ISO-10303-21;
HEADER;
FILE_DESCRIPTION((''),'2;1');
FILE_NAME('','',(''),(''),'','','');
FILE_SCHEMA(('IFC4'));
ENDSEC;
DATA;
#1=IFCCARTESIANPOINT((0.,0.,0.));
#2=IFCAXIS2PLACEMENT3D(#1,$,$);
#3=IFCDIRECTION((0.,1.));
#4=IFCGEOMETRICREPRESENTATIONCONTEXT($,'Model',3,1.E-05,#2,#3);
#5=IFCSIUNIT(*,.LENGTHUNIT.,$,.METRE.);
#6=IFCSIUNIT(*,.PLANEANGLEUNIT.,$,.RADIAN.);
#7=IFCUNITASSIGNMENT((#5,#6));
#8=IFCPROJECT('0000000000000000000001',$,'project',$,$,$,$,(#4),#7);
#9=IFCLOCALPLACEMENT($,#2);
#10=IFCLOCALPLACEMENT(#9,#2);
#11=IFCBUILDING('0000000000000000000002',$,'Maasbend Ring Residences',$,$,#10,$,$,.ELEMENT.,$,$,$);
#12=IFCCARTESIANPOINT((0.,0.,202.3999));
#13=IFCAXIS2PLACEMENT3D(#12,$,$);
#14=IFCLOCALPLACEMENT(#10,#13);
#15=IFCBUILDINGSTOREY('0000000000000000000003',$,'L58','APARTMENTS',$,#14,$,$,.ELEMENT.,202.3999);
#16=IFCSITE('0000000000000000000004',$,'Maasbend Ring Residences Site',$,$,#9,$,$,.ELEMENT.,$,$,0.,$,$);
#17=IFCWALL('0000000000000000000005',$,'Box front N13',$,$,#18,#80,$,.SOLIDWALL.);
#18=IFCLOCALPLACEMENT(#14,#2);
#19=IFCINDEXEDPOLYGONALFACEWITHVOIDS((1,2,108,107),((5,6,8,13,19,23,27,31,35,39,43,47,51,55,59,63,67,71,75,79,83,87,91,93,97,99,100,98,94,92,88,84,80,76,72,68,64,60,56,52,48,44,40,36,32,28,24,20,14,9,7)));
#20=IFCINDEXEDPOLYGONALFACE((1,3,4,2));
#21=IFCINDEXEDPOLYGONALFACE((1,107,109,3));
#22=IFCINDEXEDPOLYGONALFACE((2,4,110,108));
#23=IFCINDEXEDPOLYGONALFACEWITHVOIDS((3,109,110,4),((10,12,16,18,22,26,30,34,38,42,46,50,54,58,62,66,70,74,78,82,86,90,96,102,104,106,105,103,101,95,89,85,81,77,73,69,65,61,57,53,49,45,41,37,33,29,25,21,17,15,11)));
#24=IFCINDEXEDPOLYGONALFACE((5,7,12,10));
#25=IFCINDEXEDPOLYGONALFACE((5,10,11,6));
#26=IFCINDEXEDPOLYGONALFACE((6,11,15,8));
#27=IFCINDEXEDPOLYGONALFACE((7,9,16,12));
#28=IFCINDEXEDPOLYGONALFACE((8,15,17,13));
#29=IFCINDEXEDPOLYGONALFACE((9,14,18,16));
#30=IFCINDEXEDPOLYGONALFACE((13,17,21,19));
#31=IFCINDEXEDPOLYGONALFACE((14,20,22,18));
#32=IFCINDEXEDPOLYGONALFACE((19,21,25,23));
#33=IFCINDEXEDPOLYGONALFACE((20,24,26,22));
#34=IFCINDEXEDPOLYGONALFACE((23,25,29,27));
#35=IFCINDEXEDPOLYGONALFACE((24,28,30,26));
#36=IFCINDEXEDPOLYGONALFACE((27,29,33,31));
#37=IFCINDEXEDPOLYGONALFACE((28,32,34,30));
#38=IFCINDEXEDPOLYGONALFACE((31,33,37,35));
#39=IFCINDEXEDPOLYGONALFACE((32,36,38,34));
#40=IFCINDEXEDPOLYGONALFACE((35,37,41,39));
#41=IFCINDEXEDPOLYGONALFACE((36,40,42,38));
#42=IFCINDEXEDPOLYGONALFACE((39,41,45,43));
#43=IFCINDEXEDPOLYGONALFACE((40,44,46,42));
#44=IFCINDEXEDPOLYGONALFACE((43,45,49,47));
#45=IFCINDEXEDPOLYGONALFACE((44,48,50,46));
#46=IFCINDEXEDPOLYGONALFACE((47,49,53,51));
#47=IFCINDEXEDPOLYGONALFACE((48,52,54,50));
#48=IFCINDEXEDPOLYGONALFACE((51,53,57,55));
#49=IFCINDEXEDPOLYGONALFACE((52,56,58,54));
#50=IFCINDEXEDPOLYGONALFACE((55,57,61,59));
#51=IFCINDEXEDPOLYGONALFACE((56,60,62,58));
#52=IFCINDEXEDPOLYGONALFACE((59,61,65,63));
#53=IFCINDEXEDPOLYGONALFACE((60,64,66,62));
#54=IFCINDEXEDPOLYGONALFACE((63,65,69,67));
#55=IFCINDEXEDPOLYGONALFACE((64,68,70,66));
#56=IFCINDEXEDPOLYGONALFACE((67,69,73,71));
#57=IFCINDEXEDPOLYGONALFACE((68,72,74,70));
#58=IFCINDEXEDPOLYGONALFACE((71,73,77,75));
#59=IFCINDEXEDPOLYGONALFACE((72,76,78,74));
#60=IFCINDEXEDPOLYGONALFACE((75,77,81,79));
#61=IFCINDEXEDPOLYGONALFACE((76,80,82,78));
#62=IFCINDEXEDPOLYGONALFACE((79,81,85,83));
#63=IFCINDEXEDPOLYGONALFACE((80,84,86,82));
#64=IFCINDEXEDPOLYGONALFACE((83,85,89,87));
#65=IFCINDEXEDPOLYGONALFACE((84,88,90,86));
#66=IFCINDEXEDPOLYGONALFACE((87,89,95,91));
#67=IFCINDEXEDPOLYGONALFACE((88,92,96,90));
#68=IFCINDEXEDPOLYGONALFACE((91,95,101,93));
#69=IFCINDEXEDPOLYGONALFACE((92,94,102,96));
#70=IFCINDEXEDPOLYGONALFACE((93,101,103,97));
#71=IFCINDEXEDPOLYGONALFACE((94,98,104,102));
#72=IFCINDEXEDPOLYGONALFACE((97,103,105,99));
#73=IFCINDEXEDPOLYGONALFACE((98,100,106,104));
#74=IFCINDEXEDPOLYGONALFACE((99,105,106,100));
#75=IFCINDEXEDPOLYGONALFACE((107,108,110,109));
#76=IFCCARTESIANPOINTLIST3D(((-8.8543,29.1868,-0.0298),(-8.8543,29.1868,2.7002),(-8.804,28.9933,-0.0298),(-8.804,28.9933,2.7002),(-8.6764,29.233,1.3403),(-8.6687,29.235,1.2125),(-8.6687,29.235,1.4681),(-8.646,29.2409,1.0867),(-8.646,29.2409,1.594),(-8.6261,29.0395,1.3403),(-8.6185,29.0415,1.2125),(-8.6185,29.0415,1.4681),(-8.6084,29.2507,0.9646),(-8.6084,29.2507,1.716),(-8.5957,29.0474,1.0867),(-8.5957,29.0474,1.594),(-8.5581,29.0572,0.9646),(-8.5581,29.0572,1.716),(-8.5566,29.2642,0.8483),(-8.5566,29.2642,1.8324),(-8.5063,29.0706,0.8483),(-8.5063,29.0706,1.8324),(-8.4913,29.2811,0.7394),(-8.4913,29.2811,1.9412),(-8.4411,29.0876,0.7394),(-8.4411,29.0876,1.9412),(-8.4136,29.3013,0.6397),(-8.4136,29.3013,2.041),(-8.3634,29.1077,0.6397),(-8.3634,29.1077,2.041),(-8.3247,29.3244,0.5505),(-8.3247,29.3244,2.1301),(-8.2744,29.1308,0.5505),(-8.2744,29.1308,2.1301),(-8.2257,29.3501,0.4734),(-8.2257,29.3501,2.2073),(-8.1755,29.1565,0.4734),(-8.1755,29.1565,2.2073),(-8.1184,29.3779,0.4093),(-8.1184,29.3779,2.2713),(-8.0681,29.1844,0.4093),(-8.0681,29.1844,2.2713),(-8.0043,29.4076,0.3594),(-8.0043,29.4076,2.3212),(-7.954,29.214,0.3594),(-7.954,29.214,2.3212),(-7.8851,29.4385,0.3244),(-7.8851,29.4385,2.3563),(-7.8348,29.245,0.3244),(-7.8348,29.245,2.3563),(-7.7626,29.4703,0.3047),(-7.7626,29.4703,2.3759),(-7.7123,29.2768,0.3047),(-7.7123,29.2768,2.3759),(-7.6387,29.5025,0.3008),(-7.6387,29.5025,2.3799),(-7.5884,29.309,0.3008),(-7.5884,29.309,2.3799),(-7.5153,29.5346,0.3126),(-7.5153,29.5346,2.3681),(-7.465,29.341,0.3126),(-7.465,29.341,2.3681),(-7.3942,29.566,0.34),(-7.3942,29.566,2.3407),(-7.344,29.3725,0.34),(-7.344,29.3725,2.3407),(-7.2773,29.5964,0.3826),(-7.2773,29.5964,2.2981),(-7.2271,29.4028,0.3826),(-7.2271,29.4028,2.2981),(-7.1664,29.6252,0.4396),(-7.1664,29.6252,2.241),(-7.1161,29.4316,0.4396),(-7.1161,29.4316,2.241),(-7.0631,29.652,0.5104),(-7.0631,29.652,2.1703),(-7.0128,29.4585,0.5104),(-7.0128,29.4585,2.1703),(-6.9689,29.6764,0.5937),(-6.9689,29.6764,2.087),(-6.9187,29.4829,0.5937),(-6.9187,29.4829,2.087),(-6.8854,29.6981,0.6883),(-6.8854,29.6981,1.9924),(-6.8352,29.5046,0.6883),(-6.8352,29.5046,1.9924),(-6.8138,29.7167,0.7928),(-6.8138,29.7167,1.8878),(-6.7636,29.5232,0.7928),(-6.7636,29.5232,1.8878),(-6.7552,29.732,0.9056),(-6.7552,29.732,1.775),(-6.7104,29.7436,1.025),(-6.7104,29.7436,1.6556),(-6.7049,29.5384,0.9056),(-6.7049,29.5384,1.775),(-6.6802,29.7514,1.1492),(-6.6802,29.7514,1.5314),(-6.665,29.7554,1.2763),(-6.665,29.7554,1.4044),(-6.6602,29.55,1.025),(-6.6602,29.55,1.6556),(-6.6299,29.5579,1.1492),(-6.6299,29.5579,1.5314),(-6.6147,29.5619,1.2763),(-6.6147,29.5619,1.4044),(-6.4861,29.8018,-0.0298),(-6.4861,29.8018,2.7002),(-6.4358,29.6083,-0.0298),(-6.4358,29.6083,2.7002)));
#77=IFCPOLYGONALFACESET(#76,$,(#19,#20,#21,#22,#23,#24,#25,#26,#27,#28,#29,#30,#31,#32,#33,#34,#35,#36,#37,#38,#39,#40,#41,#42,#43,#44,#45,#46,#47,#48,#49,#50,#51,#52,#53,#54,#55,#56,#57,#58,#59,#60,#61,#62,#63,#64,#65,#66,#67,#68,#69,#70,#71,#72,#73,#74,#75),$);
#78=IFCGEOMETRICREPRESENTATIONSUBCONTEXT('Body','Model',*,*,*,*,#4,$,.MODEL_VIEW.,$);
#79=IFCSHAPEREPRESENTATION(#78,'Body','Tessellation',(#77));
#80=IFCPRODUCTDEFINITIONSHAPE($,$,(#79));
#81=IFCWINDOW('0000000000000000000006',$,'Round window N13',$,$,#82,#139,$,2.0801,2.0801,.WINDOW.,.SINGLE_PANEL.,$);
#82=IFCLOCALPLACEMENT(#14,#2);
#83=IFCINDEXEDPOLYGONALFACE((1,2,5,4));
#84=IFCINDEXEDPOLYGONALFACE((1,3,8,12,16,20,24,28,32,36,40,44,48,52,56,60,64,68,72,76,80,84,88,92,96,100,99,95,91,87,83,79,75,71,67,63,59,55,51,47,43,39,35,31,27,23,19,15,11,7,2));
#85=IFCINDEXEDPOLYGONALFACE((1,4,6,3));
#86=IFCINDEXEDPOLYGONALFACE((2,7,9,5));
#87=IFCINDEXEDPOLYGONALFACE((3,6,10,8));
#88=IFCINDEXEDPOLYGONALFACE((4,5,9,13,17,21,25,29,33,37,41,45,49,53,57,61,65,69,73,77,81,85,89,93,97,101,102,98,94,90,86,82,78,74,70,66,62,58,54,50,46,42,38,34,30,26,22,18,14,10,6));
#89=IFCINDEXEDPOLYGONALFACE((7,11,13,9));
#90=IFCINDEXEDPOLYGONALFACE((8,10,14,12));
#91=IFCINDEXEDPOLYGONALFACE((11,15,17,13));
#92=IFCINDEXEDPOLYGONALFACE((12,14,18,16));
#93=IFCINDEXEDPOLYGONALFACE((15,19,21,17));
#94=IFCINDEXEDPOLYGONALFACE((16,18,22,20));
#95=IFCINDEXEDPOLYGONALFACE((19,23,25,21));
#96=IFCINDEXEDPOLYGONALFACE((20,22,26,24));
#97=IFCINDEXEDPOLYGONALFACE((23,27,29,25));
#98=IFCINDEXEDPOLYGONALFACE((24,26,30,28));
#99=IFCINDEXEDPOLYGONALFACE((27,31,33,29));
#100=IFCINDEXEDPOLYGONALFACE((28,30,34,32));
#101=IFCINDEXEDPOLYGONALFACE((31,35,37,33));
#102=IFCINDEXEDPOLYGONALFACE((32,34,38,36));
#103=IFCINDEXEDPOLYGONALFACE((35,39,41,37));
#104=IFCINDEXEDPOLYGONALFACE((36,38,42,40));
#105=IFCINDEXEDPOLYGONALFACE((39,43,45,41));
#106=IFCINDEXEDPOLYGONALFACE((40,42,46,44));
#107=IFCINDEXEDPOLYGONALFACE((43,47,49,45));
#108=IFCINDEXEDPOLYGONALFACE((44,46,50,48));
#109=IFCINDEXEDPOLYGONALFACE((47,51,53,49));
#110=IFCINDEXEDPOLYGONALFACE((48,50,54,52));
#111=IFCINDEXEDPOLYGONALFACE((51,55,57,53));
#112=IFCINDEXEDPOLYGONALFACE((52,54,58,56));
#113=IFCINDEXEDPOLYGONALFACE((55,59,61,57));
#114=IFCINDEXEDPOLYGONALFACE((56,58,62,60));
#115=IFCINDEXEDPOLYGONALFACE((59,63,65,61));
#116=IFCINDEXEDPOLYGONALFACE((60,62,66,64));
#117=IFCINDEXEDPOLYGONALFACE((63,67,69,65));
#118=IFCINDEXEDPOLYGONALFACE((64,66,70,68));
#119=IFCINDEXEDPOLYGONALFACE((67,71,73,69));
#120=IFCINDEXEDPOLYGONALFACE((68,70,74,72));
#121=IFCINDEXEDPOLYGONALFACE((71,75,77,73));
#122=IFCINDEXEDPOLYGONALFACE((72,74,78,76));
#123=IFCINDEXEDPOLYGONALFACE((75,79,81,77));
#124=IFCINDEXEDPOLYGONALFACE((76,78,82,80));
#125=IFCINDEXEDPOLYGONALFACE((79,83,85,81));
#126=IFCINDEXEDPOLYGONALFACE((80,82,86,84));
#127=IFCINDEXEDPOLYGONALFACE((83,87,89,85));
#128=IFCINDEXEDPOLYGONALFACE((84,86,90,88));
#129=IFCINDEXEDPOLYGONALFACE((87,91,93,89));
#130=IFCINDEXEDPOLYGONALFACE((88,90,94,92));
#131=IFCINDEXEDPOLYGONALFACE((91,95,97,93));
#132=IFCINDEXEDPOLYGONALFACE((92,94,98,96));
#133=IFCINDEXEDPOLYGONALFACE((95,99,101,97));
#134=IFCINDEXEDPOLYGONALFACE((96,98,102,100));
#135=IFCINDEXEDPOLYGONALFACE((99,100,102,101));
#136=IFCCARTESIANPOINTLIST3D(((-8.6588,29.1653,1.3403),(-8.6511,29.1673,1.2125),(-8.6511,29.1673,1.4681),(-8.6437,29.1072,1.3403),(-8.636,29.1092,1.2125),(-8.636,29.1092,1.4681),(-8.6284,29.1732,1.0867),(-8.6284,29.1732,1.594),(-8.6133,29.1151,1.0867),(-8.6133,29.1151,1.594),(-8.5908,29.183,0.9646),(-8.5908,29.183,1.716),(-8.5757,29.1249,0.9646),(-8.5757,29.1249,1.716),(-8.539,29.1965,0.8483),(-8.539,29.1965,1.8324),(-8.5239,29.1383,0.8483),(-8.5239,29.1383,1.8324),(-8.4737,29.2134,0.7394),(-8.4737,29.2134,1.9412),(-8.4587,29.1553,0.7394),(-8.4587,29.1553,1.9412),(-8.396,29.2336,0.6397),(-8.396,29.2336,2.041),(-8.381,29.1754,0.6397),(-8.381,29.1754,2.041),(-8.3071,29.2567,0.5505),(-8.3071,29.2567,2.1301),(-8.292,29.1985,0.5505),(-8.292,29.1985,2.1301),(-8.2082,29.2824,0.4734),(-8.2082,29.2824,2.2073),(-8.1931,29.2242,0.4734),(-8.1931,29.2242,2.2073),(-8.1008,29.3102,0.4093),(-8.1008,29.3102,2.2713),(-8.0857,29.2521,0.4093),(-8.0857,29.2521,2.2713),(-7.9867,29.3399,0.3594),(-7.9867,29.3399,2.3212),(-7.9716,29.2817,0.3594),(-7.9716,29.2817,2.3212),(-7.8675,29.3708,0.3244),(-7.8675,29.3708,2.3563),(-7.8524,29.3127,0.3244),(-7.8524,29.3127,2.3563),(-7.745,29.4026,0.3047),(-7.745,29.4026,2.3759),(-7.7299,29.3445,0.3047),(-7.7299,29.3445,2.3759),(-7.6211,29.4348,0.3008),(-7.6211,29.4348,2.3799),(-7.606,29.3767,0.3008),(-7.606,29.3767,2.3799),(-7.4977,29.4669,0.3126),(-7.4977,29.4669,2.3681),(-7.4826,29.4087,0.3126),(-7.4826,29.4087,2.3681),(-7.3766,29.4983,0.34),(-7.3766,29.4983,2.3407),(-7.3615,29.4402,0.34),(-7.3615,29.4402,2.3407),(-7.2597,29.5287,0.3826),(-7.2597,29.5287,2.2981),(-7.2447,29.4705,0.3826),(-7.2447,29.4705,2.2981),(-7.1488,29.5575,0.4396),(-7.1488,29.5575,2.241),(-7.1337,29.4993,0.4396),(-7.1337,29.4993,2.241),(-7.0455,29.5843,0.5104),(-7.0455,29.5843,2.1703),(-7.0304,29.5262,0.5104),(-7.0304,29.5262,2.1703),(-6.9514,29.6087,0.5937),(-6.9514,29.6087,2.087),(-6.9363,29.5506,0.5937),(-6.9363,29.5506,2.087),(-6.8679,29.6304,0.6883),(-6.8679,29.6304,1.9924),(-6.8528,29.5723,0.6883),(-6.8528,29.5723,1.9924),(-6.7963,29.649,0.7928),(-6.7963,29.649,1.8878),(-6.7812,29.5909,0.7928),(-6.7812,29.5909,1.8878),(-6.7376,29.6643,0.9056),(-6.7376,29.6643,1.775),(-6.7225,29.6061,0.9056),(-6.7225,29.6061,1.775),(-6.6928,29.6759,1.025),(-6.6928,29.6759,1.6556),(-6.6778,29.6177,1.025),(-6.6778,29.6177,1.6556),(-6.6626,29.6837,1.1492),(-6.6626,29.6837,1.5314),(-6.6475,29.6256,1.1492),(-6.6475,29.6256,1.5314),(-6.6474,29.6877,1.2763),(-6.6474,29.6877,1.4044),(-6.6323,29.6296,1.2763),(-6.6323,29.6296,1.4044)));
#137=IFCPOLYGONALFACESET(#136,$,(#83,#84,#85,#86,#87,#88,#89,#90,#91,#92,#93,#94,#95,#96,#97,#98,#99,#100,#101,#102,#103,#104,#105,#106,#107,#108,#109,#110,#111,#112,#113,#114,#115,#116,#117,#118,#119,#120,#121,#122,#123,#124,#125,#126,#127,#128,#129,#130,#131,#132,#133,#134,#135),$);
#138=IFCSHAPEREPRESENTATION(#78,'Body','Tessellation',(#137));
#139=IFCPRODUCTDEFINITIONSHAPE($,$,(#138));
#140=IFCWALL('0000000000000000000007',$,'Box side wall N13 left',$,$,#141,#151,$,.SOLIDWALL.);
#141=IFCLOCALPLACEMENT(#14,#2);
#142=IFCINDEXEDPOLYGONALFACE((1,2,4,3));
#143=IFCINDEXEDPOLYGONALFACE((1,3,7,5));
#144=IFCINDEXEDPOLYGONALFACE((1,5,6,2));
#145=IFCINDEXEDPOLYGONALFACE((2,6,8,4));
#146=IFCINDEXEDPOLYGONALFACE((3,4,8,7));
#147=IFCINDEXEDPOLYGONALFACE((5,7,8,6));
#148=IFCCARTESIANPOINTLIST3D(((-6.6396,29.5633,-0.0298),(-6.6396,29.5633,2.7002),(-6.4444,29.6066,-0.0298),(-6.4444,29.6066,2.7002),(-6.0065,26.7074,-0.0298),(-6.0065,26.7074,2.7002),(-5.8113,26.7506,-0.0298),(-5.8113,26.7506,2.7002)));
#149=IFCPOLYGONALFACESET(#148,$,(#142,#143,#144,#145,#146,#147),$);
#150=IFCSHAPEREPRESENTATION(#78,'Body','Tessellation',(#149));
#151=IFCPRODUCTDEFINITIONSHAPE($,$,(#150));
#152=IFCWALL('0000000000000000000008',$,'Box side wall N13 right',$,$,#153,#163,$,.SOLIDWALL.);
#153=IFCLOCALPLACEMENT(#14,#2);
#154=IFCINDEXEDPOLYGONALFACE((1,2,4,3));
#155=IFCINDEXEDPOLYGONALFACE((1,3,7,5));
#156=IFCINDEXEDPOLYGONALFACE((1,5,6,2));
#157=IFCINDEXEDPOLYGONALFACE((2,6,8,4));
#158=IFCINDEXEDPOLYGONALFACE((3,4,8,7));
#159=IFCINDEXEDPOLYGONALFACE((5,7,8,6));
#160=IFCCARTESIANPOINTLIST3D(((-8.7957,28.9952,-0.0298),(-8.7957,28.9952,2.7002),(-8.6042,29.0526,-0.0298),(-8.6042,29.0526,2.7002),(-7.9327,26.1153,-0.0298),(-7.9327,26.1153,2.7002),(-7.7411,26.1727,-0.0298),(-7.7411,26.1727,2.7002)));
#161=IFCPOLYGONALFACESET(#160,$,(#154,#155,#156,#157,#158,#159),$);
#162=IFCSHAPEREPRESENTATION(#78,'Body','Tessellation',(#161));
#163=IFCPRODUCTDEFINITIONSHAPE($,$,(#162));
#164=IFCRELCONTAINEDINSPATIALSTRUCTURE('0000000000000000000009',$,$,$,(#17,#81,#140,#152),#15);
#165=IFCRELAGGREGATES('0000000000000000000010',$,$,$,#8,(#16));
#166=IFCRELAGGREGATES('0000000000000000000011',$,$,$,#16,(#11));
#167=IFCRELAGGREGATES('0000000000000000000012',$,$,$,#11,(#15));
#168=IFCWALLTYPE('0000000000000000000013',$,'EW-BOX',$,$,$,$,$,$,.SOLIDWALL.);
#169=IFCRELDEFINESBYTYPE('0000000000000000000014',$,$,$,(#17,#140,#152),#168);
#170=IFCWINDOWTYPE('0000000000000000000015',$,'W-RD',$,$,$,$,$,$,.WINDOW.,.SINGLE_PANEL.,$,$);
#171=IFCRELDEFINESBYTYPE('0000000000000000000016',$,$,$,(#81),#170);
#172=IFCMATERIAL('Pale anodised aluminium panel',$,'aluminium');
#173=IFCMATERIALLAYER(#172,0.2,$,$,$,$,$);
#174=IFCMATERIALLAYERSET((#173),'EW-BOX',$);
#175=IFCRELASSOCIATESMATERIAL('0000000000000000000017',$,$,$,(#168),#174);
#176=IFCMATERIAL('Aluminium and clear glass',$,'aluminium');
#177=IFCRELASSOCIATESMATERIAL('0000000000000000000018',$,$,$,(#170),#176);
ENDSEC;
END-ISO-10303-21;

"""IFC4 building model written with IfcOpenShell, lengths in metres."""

from ifc_helpers import new_model, si_unit, direction, frame, frame_2d, origin, place, context, subcontext, project, spatial, rectangle, circle, extrude, material, layer, layer_set, type_object, element, fill, save


model = new_model("IFC4")

# Units and contexts
model_context = context("Model", 3, precision=1e-05, world=origin(), true_north=direction((0.0, 1.0)))
body_context = subcontext(model_context, "Body", "Model", "MODEL_VIEW")
ifc_project = project(units=[si_unit("LENGTHUNIT", "METRE"), si_unit("PLANEANGLEUNIT", "RADIAN")], contexts=[model_context])

# Site, building, storey
site_placement = place(None, origin())
site = spatial("IfcSite", under=ifc_project, at=site_placement, Name="Maasbend Ring Residences Site", CompositionType="ELEMENT", RefElevation=0.0)
building_placement = place(site_placement, origin())
building = spatial("IfcBuilding", under=site, at=building_placement, Name="Maasbend Ring Residences", CompositionType="ELEMENT")
storey_placement = place(building_placement, frame((0.0, 0.0, 202.3999)))
storey = spatial("IfcBuildingStorey", under=building, at=storey_placement, Name="L58", Description="APARTMENTS", CompositionType="ELEMENT", Elevation=202.3999)

# Shared definitions
ifc_material_1 = material(Name="Pale anodised aluminium panel", Category="aluminium")
ifc_layer_1 = layer(ifc_material_1, 0.2)
ifc_layer_set_1 = layer_set([ifc_layer_1], Name="EW-BOX")
wall_type_1 = type_object("IfcWallType", Name="EW-BOX", PredefinedType="SOLIDWALL", material=ifc_layer_set_1)

# Wall, opening, window
wall_1_placement = place(storey_placement, frame((-6.4609, 29.7051, -0.0298), z_axis=(0.0, 0.0, 1.0), x_axis=(-0.967895, -0.251353, 0.0)))
wall_1 = element("IfcWall", 1, at=wall_1_placement, inside=storey, type_object=wall_type_1, Name="Box front N13", PredefinedType="SOLIDWALL", context=body_context, shape_type="SweptSolid", body=[
    extrude(rectangle(XDim=2.4468, YDim=0.2, at=frame_2d((1.2234, 0.0))), origin(), (0.0, 0.0, 1.0), 2.73),
])
opening_1_placement = place(wall_1_placement, frame((0.1829, 0.0, 0.3301)))
opening_1 = element("IfcOpeningElement", 2, at=opening_1_placement, cuts=wall_1, PredefinedType="OPENING", context=body_context, shape_type="SweptSolid", body=[
    extrude(circle(Radius=1.04, at=frame_2d((1.04, 1.04))), frame((0.0, 0.1099, 0.0), z_axis=(0.0, -1.0, 0.0), x_axis=(1.0, 0.0, 0.0)), (0.0, 0.0, 1.0), 0.22),
])
ifc_material_2 = material(Name="Aluminium and clear glass", Category="aluminium")
window_type_1 = type_object("IfcWindowType", Name="W-RD", PartitioningType="SINGLE_PANEL", PredefinedType="WINDOW", material=ifc_material_2)
window_1_placement = place(opening_1_placement, origin())
window_1 = element("IfcWindow", 3, at=window_1_placement, inside=storey, type_object=window_type_1, Name="Round window N13", OverallHeight=2.0801, OverallWidth=2.0801, PartitioningType="SINGLE_PANEL", PredefinedType="WINDOW", context=body_context, shape_type="SweptSolid", body=[
    extrude(circle(Radius=1.04, at=frame_2d((1.04, 1.04))), frame((0.0, 0.03, 0.0), z_axis=(0.0, -1.0, 0.0), x_axis=(1.0, 0.0, 0.0)), (0.0, 0.0, 1.0), 0.0601),
])
fill(opening_1, window_1)

# Walls
wall_2_placement = place(storey_placement, frame((-5.9089, 26.729, -0.0298), z_axis=(0.0, 0.0, 1.0), x_axis=(-0.216409, 0.976303, 0.0)))
element("IfcWall", 4, at=wall_2_placement, inside=storey, type_object=wall_type_1, Name="Box side wall N13 left", PredefinedType="SOLIDWALL", context=body_context, shape_type="SweptSolid", body=[
    extrude(rectangle(XDim=2.9253, YDim=0.2, at=frame_2d((1.4626, 0.0))), origin(), (0.0, 0.0, 1.0), 2.73),
])
wall_3_placement = place(storey_placement, frame((-7.8369, 26.144, -0.0298), z_axis=(0.0, 0.0, 1.0), x_axis=(-0.287065, 0.957911, 0.0)))
element("IfcWall", 5, at=wall_3_placement, inside=storey, type_object=wall_type_1, Name="Box side wall N13 right", PredefinedType="SOLIDWALL", context=body_context, shape_type="SweptSolid", body=[
    extrude(rectangle(XDim=3.0063, YDim=0.2, at=frame_2d((1.5032, 0.0))), origin(), (0.0, 0.0, 1.0), 2.73),
])

save(model, "model.ifc")
